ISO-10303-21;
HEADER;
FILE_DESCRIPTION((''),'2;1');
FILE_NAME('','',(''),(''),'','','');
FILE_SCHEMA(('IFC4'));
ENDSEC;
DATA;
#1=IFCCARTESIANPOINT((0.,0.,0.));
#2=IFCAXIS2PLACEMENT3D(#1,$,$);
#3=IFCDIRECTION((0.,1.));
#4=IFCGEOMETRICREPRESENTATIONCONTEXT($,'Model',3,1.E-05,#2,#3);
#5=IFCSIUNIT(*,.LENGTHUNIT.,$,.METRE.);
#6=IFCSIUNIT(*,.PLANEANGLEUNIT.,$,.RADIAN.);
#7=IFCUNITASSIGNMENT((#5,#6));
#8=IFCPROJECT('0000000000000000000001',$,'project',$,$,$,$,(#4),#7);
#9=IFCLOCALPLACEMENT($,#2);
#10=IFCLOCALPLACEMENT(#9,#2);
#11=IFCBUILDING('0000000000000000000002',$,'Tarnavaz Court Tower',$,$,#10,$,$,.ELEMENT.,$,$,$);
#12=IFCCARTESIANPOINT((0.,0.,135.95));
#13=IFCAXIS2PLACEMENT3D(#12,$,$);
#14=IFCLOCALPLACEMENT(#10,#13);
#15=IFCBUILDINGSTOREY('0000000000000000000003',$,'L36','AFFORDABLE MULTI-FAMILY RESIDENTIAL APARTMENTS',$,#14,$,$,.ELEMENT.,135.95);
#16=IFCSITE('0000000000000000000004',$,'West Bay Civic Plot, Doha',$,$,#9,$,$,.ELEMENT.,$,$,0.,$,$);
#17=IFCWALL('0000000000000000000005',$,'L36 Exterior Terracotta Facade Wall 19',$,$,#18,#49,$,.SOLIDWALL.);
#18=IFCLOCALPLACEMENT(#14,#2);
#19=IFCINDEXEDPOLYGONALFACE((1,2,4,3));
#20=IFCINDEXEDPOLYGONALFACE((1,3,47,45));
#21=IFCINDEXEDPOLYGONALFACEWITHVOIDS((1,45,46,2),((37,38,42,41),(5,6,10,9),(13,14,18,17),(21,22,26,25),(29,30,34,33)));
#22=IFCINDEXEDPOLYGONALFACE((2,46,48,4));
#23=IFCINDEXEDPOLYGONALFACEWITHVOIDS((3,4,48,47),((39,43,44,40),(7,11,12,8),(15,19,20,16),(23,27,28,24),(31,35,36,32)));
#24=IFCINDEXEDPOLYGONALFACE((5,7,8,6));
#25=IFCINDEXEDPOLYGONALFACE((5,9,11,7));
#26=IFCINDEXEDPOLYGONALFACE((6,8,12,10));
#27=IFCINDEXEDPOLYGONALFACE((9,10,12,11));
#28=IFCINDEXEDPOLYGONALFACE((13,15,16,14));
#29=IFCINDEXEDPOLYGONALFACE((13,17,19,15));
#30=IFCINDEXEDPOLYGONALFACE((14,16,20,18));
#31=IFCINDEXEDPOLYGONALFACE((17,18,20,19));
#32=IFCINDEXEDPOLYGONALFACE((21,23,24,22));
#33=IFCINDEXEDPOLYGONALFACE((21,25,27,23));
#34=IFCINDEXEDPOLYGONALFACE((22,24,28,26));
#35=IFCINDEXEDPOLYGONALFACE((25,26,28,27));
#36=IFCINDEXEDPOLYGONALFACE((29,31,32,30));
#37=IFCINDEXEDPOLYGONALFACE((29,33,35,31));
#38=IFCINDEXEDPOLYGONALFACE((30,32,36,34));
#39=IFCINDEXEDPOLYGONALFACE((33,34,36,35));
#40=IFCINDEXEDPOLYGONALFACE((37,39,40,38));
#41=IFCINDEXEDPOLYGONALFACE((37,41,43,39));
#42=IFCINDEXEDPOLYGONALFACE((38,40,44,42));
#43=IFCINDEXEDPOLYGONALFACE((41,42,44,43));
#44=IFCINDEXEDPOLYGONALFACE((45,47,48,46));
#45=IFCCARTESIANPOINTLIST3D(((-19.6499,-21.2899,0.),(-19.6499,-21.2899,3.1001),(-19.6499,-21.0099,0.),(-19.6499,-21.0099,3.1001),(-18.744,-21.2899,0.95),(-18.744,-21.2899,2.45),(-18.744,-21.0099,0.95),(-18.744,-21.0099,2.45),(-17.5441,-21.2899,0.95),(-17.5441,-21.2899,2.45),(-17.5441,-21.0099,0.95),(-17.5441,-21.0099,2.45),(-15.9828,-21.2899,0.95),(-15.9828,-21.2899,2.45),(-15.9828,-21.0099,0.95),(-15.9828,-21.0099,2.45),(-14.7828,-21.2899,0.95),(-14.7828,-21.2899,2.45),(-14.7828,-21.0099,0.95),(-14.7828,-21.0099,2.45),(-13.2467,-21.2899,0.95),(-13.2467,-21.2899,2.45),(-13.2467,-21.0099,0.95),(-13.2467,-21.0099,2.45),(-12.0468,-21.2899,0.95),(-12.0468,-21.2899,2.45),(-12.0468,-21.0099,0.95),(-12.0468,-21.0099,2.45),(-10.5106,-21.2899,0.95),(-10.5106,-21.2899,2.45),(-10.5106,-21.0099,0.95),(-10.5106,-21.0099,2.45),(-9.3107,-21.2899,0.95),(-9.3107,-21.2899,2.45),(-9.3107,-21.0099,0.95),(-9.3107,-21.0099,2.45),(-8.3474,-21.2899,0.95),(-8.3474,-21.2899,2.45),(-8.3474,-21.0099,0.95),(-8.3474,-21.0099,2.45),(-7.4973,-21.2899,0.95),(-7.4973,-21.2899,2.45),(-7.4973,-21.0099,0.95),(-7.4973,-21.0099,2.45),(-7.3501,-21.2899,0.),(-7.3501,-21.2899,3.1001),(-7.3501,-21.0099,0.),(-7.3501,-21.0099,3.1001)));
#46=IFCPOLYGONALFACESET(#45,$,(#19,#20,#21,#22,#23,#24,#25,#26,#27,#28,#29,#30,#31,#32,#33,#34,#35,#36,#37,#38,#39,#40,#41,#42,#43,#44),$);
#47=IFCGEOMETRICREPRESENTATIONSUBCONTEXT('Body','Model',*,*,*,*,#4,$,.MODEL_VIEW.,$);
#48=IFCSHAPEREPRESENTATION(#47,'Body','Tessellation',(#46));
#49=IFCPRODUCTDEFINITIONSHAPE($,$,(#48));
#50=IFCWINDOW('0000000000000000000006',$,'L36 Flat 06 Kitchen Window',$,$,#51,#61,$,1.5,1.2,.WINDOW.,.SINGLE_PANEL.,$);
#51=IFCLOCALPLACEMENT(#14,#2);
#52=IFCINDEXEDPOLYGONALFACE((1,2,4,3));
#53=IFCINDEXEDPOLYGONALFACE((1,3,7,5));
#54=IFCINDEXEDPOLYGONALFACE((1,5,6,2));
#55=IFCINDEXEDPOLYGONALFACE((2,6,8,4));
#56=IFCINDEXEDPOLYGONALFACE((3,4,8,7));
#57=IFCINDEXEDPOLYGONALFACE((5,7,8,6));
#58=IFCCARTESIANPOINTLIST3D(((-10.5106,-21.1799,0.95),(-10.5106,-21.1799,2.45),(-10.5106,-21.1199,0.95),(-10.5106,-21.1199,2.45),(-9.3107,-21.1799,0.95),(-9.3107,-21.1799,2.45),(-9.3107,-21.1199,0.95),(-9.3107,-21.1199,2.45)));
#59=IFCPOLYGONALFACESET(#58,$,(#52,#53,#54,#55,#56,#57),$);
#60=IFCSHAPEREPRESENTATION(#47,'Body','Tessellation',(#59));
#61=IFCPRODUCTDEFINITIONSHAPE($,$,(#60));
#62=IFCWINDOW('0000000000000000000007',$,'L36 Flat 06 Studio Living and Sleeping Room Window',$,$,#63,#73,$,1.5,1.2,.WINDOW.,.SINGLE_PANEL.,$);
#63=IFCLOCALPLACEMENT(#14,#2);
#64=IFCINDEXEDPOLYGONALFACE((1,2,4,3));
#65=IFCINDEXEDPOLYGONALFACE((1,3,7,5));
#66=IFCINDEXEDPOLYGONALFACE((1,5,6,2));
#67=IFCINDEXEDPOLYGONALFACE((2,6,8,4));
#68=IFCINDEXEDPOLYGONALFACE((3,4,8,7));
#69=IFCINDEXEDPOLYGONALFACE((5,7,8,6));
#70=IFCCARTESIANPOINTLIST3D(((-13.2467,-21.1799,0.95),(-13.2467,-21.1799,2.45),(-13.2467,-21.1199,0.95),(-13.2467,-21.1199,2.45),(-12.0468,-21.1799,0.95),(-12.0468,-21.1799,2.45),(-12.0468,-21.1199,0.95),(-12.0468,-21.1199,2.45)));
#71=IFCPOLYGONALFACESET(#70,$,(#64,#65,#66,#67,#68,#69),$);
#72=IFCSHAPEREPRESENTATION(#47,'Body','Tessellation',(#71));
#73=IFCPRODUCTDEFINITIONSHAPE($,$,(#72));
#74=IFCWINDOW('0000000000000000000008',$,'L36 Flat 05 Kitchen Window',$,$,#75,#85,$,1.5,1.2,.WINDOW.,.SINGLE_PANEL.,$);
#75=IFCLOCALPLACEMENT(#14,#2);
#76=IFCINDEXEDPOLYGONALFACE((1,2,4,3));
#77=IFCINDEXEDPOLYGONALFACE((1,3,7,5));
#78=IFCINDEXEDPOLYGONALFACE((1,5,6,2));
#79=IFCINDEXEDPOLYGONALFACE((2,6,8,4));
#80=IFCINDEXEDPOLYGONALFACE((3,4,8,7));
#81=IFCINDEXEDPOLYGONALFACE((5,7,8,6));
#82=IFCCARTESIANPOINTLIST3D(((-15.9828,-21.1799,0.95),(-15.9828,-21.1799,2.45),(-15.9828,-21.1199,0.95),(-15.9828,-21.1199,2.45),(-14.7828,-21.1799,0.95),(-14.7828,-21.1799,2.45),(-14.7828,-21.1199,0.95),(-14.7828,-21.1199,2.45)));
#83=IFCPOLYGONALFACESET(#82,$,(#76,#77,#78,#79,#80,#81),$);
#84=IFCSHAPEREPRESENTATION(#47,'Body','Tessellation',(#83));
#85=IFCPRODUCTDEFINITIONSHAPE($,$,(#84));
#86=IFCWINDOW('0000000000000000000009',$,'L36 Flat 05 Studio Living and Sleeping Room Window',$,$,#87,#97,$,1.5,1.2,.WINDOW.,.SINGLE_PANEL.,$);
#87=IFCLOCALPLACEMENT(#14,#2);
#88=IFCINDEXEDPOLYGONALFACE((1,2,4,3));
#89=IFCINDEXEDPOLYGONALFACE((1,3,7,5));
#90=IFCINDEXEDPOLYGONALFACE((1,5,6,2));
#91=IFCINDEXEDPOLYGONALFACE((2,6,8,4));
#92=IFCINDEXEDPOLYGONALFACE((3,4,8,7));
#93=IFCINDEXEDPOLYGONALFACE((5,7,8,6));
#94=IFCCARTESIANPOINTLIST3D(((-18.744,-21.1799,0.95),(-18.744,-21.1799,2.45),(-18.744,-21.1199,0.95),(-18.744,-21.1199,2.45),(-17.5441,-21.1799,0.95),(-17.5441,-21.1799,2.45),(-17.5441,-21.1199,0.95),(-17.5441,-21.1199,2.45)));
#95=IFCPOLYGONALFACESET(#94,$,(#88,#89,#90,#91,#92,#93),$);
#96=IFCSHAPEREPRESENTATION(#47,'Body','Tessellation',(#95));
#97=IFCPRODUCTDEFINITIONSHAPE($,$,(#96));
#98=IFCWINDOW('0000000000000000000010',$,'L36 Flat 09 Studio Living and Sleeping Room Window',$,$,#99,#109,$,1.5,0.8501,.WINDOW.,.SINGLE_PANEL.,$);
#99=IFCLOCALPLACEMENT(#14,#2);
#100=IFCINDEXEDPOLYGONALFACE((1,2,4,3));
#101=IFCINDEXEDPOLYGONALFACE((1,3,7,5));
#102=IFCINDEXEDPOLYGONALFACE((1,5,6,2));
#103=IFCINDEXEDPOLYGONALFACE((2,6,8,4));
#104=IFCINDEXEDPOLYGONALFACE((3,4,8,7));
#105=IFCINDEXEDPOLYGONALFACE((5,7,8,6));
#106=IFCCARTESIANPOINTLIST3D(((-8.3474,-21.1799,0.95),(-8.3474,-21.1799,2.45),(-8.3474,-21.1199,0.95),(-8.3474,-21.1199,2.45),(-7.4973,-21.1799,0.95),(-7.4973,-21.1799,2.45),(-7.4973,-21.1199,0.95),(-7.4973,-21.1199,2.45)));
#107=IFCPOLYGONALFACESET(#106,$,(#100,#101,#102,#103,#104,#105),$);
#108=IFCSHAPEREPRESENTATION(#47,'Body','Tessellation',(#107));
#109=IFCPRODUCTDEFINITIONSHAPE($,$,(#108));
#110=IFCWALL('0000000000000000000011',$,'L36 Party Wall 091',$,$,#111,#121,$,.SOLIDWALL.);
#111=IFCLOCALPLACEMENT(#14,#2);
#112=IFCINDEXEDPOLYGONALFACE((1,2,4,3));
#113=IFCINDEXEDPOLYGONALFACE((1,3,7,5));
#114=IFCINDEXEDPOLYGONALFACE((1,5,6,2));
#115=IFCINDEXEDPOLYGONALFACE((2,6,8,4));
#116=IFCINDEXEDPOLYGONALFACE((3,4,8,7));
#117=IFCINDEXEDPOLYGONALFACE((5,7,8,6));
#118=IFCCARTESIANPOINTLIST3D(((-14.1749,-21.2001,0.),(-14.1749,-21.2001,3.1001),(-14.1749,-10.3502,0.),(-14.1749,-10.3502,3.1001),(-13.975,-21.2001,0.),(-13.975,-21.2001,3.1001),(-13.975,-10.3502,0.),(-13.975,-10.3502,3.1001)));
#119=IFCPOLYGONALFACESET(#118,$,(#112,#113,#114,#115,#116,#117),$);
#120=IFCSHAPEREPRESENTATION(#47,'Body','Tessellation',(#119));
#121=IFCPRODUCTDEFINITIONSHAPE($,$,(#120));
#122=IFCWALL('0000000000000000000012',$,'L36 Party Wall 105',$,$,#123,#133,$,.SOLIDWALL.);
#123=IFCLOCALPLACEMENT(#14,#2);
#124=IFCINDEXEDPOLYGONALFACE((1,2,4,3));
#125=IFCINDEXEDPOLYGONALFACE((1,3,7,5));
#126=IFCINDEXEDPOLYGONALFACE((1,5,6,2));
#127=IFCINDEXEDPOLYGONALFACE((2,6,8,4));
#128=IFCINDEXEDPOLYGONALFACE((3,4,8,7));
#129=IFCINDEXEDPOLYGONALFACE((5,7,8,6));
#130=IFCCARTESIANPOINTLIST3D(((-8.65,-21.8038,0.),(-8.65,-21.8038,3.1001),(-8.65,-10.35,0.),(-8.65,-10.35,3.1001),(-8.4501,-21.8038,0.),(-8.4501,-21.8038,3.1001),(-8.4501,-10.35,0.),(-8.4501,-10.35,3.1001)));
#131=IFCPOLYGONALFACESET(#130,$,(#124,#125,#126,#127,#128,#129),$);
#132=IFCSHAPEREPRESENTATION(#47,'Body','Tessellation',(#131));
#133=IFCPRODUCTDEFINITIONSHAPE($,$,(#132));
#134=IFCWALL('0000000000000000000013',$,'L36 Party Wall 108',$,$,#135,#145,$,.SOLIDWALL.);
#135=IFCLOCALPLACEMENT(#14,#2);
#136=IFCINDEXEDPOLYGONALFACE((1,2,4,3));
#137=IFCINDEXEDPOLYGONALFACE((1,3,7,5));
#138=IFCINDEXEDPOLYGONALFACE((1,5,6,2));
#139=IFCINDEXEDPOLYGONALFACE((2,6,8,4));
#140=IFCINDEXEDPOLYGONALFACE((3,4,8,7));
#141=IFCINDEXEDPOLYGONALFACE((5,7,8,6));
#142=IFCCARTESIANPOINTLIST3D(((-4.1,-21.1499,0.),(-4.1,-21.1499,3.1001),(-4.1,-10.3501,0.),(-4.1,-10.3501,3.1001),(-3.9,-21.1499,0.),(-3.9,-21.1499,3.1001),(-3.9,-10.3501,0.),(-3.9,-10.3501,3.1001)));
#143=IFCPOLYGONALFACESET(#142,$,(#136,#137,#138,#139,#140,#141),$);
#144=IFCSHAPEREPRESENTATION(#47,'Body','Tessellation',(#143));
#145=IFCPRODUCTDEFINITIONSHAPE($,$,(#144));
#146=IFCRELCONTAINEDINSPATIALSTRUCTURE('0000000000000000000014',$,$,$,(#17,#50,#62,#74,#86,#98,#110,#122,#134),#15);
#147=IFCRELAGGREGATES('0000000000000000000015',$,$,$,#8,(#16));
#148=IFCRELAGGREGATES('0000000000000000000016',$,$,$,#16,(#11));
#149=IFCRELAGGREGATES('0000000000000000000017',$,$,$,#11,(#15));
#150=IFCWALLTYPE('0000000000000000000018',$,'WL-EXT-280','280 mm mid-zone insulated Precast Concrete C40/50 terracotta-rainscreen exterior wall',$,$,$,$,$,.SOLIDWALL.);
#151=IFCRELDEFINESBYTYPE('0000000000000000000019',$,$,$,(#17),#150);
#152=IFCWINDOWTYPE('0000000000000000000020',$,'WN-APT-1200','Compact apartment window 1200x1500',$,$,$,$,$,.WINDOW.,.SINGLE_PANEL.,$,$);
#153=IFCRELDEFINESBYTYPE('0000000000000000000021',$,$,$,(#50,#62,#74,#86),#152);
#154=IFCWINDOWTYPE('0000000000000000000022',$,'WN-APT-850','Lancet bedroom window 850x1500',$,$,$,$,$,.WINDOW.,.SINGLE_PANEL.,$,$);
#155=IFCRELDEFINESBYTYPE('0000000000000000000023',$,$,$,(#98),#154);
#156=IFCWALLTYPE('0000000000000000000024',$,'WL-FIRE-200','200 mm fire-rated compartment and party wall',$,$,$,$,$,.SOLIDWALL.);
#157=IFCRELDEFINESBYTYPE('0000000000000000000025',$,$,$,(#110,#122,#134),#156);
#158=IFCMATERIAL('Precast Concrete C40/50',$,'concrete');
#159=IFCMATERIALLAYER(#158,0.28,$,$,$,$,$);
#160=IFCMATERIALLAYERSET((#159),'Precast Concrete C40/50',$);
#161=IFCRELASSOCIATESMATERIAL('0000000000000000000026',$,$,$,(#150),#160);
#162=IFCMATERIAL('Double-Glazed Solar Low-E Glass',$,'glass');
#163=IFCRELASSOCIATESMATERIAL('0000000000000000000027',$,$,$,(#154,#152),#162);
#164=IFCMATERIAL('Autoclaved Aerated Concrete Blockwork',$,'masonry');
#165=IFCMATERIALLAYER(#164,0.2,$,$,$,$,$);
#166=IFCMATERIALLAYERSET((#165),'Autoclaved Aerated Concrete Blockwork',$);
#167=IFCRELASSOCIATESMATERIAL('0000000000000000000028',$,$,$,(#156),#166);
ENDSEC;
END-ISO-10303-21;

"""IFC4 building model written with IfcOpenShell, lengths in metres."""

from ifc_helpers import new_model, si_unit, direction, frame, frame_2d, origin, place, context, subcontext, project, spatial, rectangle, extrude, material, layer, layer_set, type_object, element, fill, save


model = new_model("IFC4")

# Units and contexts
model_context = context("Model", 3, precision=1e-05, world=origin(), true_north=direction((0.0, 1.0)))
body_context = subcontext(model_context, "Body", "Model", "MODEL_VIEW")
ifc_project = project(units=[si_unit("LENGTHUNIT", "METRE"), si_unit("PLANEANGLEUNIT", "RADIAN")], contexts=[model_context])

# Site, building, storey
site_placement = place(None, origin())
site = spatial("IfcSite", under=ifc_project, at=site_placement, Name="West Bay Civic Plot, Doha", CompositionType="ELEMENT", RefElevation=0.0)
building_placement = place(site_placement, origin())
building = spatial("IfcBuilding", under=site, at=building_placement, Name="Tarnavaz Court Tower", CompositionType="ELEMENT")
storey_placement = place(building_placement, frame((0.0, 0.0, 135.95)))
storey = spatial("IfcBuildingStorey", under=building, at=storey_placement, Name="L36", Description="AFFORDABLE MULTI-FAMILY RESIDENTIAL APARTMENTS", CompositionType="ELEMENT", Elevation=135.95)

# Shared definitions
ifc_material_1 = material(Name="Double-Glazed Solar Low-E Glass", Category="glass")

# Shared definitions
ifc_material_2 = material(Name="Precast Concrete C40/50", Category="concrete")
ifc_layer_1 = layer(ifc_material_2, 0.28)
ifc_layer_set_1 = layer_set([ifc_layer_1], Name="Precast Concrete C40/50")
wall_type_1 = type_object("IfcWallType", Name="WL-EXT-280", Description="280 mm mid-zone insulated Precast Concrete C40/50 terracotta-rainscreen exterior wall", PredefinedType="SOLIDWALL", material=ifc_layer_set_1)
window_type_1 = type_object("IfcWindowType", Name="WN-APT-850", Description="Lancet bedroom window 850x1500", PartitioningType="SINGLE_PANEL", PredefinedType="WINDOW", material=ifc_material_1)

# Wall, openings, windows
wall_1_placement = place(storey_placement, frame((-7.3501, -21.1499, 0.0), z_axis=(0.0, 0.0, 1.0), x_axis=(-1.0, 0.0, 0.0)))
wall_1 = element("IfcWall", 1, at=wall_1_placement, inside=storey, type_object=wall_type_1, Name="L36 Exterior Terracotta Facade Wall 19", PredefinedType="SOLIDWALL", context=body_context, shape_type="SweptSolid", body=[
    extrude(rectangle(XDim=12.2998, YDim=0.28, at=frame_2d((6.1499, 0.0))), origin(), (0.0, 0.0, 1.0), 3.1001),
])
opening_1_placement = place(wall_1_placement, frame((0.1472, 0.0, 0.95)))
opening_1 = element("IfcOpeningElement", 2, at=opening_1_placement, cuts=wall_1, PredefinedType="OPENING", context=body_context, shape_type="SweptSolid", body=[
    extrude(rectangle(XDim=0.8501, YDim=1.5, at=frame_2d((0.425, 0.75))), frame((0.0, 0.1499, 0.0), z_axis=(0.0, -1.0, 0.0), x_axis=(1.0, 0.0, 0.0)), (0.0, 0.0, 1.0), 0.3),
])
opening_2_placement = place(wall_1_placement, frame((1.9604, 0.0, 0.95)))
opening_2 = element("IfcOpeningElement", 3, at=opening_2_placement, cuts=wall_1, PredefinedType="OPENING", context=body_context, shape_type="SweptSolid", body=[
    extrude(rectangle(XDim=1.2, YDim=1.5, at=frame_2d((0.6001, 0.75))), frame((0.0, 0.1499, 0.0), z_axis=(0.0, -1.0, 0.0), x_axis=(1.0, 0.0, 0.0)), (0.0, 0.0, 1.0), 0.3),
])
opening_3_placement = place(wall_1_placement, frame((4.6965, 0.0, 0.95)))
opening_3 = element("IfcOpeningElement", 4, at=opening_3_placement, cuts=wall_1, PredefinedType="OPENING", context=body_context, shape_type="SweptSolid", body=[
    extrude(rectangle(XDim=1.2, YDim=1.5, at=frame_2d((0.6001, 0.75))), frame((0.0, 0.1499, 0.0), z_axis=(0.0, -1.0, 0.0), x_axis=(1.0, 0.0, 0.0)), (0.0, 0.0, 1.0), 0.3),
])
opening_4_placement = place(wall_1_placement, frame((7.4326, 0.0, 0.95)))
opening_4 = element("IfcOpeningElement", 5, at=opening_4_placement, cuts=wall_1, PredefinedType="OPENING", context=body_context, shape_type="SweptSolid", body=[
    extrude(rectangle(XDim=1.2, YDim=1.5, at=frame_2d((0.6001, 0.75))), frame((0.0, 0.1499, 0.0), z_axis=(0.0, -1.0, 0.0), x_axis=(1.0, 0.0, 0.0)), (0.0, 0.0, 1.0), 0.3),
])
opening_5_placement = place(wall_1_placement, frame((10.1938, 0.0, 0.95)))
opening_5 = element("IfcOpeningElement", 6, at=opening_5_placement, cuts=wall_1, PredefinedType="OPENING", context=body_context, shape_type="SweptSolid", body=[
    extrude(rectangle(XDim=1.2, YDim=1.5, at=frame_2d((0.6001, 0.75))), frame((0.0, 0.1499, 0.0), z_axis=(0.0, -1.0, 0.0), x_axis=(1.0, 0.0, 0.0)), (0.0, 0.0, 1.0), 0.3),
])
window_type_2 = type_object("IfcWindowType", Name="WN-APT-1200", Description="Compact apartment window 1200x1500", PartitioningType="SINGLE_PANEL", PredefinedType="WINDOW", material=ifc_material_1)
window_1_placement = place(opening_2_placement, origin())
window_1 = element("IfcWindow", 7, at=window_1_placement, inside=storey, type_object=window_type_2, Name="L36 Flat 06 Kitchen Window", OverallHeight=1.5, OverallWidth=1.2, PartitioningType="SINGLE_PANEL", PredefinedType="WINDOW", context=body_context, shape_type="SweptSolid", body=[
    extrude(rectangle(XDim=1.2, YDim=1.5, at=frame_2d((0.6001, 0.75))), frame((0.0, 0.03, 0.0), z_axis=(0.0, -1.0, 0.0), x_axis=(1.0, 0.0, 0.0)), (0.0, 0.0, 1.0), 0.0601),
])
fill(opening_2, window_1)
window_2_placement = place(opening_3_placement, origin())
window_2 = element("IfcWindow", 8, at=window_2_placement, inside=storey, type_object=window_type_2, Name="L36 Flat 06 Studio Living and Sleeping Room Window", OverallHeight=1.5, OverallWidth=1.2, PartitioningType="SINGLE_PANEL", PredefinedType="WINDOW", context=body_context, shape_type="SweptSolid", body=[
    extrude(rectangle(XDim=1.2, YDim=1.5, at=frame_2d((0.6001, 0.75))), frame((0.0, 0.03, 0.0), z_axis=(0.0, -1.0, 0.0), x_axis=(1.0, 0.0, 0.0)), (0.0, 0.0, 1.0), 0.0601),
])
fill(opening_3, window_2)
window_3_placement = place(opening_4_placement, origin())
window_3 = element("IfcWindow", 9, at=window_3_placement, inside=storey, type_object=window_type_2, Name="L36 Flat 05 Kitchen Window", OverallHeight=1.5, OverallWidth=1.2, PartitioningType="SINGLE_PANEL", PredefinedType="WINDOW", context=body_context, shape_type="SweptSolid", body=[
    extrude(rectangle(XDim=1.2, YDim=1.5, at=frame_2d((0.6001, 0.75))), frame((0.0, 0.03, 0.0), z_axis=(0.0, -1.0, 0.0), x_axis=(1.0, 0.0, 0.0)), (0.0, 0.0, 1.0), 0.0601),
])
fill(opening_4, window_3)
window_4_placement = place(opening_5_placement, origin())
window_4 = element("IfcWindow", 10, at=window_4_placement, inside=storey, type_object=window_type_2, Name="L36 Flat 05 Studio Living and Sleeping Room Window", OverallHeight=1.5, OverallWidth=1.2, PartitioningType="SINGLE_PANEL", PredefinedType="WINDOW", context=body_context, shape_type="SweptSolid", body=[
    extrude(rectangle(XDim=1.2, YDim=1.5, at=frame_2d((0.6001, 0.75))), frame((0.0, 0.03, 0.0), z_axis=(0.0, -1.0, 0.0), x_axis=(1.0, 0.0, 0.0)), (0.0, 0.0, 1.0), 0.0601),
])
fill(opening_5, window_4)
window_5_placement = place(opening_1_placement, origin())
window_5 = element("IfcWindow", 11, at=window_5_placement, inside=storey, type_object=window_type_1, Name="L36 Flat 09 Studio Living and Sleeping Room Window", OverallHeight=1.5, OverallWidth=0.8501, PartitioningType="SINGLE_PANEL", PredefinedType="WINDOW", context=body_context, shape_type="SweptSolid", body=[
    extrude(rectangle(XDim=0.8501, YDim=1.5, at=frame_2d((0.425, 0.75))), frame((0.0, 0.03, 0.0), z_axis=(0.0, -1.0, 0.0), x_axis=(1.0, 0.0, 0.0)), (0.0, 0.0, 1.0), 0.0601),
])
fill(opening_1, window_5)

# Walls
ifc_material_3 = material(Name="Autoclaved Aerated Concrete Blockwork", Category="masonry")
ifc_layer_2 = layer(ifc_material_3, 0.2)
ifc_layer_set_2 = layer_set([ifc_layer_2], Name="Autoclaved Aerated Concrete Blockwork")
wall_type_2 = type_object("IfcWallType", Name="WL-FIRE-200", Description="200 mm fire-rated compartment and party wall", PredefinedType="SOLIDWALL", material=ifc_layer_set_2)
wall_2_placement = place(storey_placement, frame((-14.075, -21.2, 0.0), z_axis=(0.0, 0.0, 1.0), x_axis=(0.0, 1.0, 0.0)))
element("IfcWall", 12, at=wall_2_placement, inside=storey, type_object=wall_type_2, Name="L36 Party Wall 091", PredefinedType="SOLIDWALL", context=body_context, shape_type="SweptSolid", body=[
    extrude(rectangle(XDim=10.8499, YDim=0.2, at=frame_2d((5.4248, 0.0))), origin(), (0.0, 0.0, 1.0), 3.1001),
])
wall_3_placement = place(storey_placement, frame((-8.55, -21.804, 0.0), z_axis=(0.0, 0.0, 1.0), x_axis=(0.0, 1.0, 0.0)))
element("IfcWall", 13, at=wall_3_placement, inside=storey, type_object=wall_type_2, Name="L36 Party Wall 105", PredefinedType="SOLIDWALL", context=body_context, shape_type="SweptSolid", body=[
    extrude(rectangle(XDim=11.4539, YDim=0.2, at=frame_2d((5.7271, 0.0))), origin(), (0.0, 0.0, 1.0), 3.1001),
])
wall_4_placement = place(storey_placement, frame((-4.0, -21.1499, 0.0), z_axis=(0.0, 0.0, 1.0), x_axis=(0.0, 1.0, 0.0)))
element("IfcWall", 14, at=wall_4_placement, inside=storey, type_object=wall_type_2, Name="L36 Party Wall 108", PredefinedType="SOLIDWALL", context=body_context, shape_type="SweptSolid", body=[
    extrude(rectangle(XDim=10.7998, YDim=0.2, at=frame_2d((5.3999, 0.0))), origin(), (0.0, 0.0, 1.0), 3.1001),
])

save(model, "model.ifc")
